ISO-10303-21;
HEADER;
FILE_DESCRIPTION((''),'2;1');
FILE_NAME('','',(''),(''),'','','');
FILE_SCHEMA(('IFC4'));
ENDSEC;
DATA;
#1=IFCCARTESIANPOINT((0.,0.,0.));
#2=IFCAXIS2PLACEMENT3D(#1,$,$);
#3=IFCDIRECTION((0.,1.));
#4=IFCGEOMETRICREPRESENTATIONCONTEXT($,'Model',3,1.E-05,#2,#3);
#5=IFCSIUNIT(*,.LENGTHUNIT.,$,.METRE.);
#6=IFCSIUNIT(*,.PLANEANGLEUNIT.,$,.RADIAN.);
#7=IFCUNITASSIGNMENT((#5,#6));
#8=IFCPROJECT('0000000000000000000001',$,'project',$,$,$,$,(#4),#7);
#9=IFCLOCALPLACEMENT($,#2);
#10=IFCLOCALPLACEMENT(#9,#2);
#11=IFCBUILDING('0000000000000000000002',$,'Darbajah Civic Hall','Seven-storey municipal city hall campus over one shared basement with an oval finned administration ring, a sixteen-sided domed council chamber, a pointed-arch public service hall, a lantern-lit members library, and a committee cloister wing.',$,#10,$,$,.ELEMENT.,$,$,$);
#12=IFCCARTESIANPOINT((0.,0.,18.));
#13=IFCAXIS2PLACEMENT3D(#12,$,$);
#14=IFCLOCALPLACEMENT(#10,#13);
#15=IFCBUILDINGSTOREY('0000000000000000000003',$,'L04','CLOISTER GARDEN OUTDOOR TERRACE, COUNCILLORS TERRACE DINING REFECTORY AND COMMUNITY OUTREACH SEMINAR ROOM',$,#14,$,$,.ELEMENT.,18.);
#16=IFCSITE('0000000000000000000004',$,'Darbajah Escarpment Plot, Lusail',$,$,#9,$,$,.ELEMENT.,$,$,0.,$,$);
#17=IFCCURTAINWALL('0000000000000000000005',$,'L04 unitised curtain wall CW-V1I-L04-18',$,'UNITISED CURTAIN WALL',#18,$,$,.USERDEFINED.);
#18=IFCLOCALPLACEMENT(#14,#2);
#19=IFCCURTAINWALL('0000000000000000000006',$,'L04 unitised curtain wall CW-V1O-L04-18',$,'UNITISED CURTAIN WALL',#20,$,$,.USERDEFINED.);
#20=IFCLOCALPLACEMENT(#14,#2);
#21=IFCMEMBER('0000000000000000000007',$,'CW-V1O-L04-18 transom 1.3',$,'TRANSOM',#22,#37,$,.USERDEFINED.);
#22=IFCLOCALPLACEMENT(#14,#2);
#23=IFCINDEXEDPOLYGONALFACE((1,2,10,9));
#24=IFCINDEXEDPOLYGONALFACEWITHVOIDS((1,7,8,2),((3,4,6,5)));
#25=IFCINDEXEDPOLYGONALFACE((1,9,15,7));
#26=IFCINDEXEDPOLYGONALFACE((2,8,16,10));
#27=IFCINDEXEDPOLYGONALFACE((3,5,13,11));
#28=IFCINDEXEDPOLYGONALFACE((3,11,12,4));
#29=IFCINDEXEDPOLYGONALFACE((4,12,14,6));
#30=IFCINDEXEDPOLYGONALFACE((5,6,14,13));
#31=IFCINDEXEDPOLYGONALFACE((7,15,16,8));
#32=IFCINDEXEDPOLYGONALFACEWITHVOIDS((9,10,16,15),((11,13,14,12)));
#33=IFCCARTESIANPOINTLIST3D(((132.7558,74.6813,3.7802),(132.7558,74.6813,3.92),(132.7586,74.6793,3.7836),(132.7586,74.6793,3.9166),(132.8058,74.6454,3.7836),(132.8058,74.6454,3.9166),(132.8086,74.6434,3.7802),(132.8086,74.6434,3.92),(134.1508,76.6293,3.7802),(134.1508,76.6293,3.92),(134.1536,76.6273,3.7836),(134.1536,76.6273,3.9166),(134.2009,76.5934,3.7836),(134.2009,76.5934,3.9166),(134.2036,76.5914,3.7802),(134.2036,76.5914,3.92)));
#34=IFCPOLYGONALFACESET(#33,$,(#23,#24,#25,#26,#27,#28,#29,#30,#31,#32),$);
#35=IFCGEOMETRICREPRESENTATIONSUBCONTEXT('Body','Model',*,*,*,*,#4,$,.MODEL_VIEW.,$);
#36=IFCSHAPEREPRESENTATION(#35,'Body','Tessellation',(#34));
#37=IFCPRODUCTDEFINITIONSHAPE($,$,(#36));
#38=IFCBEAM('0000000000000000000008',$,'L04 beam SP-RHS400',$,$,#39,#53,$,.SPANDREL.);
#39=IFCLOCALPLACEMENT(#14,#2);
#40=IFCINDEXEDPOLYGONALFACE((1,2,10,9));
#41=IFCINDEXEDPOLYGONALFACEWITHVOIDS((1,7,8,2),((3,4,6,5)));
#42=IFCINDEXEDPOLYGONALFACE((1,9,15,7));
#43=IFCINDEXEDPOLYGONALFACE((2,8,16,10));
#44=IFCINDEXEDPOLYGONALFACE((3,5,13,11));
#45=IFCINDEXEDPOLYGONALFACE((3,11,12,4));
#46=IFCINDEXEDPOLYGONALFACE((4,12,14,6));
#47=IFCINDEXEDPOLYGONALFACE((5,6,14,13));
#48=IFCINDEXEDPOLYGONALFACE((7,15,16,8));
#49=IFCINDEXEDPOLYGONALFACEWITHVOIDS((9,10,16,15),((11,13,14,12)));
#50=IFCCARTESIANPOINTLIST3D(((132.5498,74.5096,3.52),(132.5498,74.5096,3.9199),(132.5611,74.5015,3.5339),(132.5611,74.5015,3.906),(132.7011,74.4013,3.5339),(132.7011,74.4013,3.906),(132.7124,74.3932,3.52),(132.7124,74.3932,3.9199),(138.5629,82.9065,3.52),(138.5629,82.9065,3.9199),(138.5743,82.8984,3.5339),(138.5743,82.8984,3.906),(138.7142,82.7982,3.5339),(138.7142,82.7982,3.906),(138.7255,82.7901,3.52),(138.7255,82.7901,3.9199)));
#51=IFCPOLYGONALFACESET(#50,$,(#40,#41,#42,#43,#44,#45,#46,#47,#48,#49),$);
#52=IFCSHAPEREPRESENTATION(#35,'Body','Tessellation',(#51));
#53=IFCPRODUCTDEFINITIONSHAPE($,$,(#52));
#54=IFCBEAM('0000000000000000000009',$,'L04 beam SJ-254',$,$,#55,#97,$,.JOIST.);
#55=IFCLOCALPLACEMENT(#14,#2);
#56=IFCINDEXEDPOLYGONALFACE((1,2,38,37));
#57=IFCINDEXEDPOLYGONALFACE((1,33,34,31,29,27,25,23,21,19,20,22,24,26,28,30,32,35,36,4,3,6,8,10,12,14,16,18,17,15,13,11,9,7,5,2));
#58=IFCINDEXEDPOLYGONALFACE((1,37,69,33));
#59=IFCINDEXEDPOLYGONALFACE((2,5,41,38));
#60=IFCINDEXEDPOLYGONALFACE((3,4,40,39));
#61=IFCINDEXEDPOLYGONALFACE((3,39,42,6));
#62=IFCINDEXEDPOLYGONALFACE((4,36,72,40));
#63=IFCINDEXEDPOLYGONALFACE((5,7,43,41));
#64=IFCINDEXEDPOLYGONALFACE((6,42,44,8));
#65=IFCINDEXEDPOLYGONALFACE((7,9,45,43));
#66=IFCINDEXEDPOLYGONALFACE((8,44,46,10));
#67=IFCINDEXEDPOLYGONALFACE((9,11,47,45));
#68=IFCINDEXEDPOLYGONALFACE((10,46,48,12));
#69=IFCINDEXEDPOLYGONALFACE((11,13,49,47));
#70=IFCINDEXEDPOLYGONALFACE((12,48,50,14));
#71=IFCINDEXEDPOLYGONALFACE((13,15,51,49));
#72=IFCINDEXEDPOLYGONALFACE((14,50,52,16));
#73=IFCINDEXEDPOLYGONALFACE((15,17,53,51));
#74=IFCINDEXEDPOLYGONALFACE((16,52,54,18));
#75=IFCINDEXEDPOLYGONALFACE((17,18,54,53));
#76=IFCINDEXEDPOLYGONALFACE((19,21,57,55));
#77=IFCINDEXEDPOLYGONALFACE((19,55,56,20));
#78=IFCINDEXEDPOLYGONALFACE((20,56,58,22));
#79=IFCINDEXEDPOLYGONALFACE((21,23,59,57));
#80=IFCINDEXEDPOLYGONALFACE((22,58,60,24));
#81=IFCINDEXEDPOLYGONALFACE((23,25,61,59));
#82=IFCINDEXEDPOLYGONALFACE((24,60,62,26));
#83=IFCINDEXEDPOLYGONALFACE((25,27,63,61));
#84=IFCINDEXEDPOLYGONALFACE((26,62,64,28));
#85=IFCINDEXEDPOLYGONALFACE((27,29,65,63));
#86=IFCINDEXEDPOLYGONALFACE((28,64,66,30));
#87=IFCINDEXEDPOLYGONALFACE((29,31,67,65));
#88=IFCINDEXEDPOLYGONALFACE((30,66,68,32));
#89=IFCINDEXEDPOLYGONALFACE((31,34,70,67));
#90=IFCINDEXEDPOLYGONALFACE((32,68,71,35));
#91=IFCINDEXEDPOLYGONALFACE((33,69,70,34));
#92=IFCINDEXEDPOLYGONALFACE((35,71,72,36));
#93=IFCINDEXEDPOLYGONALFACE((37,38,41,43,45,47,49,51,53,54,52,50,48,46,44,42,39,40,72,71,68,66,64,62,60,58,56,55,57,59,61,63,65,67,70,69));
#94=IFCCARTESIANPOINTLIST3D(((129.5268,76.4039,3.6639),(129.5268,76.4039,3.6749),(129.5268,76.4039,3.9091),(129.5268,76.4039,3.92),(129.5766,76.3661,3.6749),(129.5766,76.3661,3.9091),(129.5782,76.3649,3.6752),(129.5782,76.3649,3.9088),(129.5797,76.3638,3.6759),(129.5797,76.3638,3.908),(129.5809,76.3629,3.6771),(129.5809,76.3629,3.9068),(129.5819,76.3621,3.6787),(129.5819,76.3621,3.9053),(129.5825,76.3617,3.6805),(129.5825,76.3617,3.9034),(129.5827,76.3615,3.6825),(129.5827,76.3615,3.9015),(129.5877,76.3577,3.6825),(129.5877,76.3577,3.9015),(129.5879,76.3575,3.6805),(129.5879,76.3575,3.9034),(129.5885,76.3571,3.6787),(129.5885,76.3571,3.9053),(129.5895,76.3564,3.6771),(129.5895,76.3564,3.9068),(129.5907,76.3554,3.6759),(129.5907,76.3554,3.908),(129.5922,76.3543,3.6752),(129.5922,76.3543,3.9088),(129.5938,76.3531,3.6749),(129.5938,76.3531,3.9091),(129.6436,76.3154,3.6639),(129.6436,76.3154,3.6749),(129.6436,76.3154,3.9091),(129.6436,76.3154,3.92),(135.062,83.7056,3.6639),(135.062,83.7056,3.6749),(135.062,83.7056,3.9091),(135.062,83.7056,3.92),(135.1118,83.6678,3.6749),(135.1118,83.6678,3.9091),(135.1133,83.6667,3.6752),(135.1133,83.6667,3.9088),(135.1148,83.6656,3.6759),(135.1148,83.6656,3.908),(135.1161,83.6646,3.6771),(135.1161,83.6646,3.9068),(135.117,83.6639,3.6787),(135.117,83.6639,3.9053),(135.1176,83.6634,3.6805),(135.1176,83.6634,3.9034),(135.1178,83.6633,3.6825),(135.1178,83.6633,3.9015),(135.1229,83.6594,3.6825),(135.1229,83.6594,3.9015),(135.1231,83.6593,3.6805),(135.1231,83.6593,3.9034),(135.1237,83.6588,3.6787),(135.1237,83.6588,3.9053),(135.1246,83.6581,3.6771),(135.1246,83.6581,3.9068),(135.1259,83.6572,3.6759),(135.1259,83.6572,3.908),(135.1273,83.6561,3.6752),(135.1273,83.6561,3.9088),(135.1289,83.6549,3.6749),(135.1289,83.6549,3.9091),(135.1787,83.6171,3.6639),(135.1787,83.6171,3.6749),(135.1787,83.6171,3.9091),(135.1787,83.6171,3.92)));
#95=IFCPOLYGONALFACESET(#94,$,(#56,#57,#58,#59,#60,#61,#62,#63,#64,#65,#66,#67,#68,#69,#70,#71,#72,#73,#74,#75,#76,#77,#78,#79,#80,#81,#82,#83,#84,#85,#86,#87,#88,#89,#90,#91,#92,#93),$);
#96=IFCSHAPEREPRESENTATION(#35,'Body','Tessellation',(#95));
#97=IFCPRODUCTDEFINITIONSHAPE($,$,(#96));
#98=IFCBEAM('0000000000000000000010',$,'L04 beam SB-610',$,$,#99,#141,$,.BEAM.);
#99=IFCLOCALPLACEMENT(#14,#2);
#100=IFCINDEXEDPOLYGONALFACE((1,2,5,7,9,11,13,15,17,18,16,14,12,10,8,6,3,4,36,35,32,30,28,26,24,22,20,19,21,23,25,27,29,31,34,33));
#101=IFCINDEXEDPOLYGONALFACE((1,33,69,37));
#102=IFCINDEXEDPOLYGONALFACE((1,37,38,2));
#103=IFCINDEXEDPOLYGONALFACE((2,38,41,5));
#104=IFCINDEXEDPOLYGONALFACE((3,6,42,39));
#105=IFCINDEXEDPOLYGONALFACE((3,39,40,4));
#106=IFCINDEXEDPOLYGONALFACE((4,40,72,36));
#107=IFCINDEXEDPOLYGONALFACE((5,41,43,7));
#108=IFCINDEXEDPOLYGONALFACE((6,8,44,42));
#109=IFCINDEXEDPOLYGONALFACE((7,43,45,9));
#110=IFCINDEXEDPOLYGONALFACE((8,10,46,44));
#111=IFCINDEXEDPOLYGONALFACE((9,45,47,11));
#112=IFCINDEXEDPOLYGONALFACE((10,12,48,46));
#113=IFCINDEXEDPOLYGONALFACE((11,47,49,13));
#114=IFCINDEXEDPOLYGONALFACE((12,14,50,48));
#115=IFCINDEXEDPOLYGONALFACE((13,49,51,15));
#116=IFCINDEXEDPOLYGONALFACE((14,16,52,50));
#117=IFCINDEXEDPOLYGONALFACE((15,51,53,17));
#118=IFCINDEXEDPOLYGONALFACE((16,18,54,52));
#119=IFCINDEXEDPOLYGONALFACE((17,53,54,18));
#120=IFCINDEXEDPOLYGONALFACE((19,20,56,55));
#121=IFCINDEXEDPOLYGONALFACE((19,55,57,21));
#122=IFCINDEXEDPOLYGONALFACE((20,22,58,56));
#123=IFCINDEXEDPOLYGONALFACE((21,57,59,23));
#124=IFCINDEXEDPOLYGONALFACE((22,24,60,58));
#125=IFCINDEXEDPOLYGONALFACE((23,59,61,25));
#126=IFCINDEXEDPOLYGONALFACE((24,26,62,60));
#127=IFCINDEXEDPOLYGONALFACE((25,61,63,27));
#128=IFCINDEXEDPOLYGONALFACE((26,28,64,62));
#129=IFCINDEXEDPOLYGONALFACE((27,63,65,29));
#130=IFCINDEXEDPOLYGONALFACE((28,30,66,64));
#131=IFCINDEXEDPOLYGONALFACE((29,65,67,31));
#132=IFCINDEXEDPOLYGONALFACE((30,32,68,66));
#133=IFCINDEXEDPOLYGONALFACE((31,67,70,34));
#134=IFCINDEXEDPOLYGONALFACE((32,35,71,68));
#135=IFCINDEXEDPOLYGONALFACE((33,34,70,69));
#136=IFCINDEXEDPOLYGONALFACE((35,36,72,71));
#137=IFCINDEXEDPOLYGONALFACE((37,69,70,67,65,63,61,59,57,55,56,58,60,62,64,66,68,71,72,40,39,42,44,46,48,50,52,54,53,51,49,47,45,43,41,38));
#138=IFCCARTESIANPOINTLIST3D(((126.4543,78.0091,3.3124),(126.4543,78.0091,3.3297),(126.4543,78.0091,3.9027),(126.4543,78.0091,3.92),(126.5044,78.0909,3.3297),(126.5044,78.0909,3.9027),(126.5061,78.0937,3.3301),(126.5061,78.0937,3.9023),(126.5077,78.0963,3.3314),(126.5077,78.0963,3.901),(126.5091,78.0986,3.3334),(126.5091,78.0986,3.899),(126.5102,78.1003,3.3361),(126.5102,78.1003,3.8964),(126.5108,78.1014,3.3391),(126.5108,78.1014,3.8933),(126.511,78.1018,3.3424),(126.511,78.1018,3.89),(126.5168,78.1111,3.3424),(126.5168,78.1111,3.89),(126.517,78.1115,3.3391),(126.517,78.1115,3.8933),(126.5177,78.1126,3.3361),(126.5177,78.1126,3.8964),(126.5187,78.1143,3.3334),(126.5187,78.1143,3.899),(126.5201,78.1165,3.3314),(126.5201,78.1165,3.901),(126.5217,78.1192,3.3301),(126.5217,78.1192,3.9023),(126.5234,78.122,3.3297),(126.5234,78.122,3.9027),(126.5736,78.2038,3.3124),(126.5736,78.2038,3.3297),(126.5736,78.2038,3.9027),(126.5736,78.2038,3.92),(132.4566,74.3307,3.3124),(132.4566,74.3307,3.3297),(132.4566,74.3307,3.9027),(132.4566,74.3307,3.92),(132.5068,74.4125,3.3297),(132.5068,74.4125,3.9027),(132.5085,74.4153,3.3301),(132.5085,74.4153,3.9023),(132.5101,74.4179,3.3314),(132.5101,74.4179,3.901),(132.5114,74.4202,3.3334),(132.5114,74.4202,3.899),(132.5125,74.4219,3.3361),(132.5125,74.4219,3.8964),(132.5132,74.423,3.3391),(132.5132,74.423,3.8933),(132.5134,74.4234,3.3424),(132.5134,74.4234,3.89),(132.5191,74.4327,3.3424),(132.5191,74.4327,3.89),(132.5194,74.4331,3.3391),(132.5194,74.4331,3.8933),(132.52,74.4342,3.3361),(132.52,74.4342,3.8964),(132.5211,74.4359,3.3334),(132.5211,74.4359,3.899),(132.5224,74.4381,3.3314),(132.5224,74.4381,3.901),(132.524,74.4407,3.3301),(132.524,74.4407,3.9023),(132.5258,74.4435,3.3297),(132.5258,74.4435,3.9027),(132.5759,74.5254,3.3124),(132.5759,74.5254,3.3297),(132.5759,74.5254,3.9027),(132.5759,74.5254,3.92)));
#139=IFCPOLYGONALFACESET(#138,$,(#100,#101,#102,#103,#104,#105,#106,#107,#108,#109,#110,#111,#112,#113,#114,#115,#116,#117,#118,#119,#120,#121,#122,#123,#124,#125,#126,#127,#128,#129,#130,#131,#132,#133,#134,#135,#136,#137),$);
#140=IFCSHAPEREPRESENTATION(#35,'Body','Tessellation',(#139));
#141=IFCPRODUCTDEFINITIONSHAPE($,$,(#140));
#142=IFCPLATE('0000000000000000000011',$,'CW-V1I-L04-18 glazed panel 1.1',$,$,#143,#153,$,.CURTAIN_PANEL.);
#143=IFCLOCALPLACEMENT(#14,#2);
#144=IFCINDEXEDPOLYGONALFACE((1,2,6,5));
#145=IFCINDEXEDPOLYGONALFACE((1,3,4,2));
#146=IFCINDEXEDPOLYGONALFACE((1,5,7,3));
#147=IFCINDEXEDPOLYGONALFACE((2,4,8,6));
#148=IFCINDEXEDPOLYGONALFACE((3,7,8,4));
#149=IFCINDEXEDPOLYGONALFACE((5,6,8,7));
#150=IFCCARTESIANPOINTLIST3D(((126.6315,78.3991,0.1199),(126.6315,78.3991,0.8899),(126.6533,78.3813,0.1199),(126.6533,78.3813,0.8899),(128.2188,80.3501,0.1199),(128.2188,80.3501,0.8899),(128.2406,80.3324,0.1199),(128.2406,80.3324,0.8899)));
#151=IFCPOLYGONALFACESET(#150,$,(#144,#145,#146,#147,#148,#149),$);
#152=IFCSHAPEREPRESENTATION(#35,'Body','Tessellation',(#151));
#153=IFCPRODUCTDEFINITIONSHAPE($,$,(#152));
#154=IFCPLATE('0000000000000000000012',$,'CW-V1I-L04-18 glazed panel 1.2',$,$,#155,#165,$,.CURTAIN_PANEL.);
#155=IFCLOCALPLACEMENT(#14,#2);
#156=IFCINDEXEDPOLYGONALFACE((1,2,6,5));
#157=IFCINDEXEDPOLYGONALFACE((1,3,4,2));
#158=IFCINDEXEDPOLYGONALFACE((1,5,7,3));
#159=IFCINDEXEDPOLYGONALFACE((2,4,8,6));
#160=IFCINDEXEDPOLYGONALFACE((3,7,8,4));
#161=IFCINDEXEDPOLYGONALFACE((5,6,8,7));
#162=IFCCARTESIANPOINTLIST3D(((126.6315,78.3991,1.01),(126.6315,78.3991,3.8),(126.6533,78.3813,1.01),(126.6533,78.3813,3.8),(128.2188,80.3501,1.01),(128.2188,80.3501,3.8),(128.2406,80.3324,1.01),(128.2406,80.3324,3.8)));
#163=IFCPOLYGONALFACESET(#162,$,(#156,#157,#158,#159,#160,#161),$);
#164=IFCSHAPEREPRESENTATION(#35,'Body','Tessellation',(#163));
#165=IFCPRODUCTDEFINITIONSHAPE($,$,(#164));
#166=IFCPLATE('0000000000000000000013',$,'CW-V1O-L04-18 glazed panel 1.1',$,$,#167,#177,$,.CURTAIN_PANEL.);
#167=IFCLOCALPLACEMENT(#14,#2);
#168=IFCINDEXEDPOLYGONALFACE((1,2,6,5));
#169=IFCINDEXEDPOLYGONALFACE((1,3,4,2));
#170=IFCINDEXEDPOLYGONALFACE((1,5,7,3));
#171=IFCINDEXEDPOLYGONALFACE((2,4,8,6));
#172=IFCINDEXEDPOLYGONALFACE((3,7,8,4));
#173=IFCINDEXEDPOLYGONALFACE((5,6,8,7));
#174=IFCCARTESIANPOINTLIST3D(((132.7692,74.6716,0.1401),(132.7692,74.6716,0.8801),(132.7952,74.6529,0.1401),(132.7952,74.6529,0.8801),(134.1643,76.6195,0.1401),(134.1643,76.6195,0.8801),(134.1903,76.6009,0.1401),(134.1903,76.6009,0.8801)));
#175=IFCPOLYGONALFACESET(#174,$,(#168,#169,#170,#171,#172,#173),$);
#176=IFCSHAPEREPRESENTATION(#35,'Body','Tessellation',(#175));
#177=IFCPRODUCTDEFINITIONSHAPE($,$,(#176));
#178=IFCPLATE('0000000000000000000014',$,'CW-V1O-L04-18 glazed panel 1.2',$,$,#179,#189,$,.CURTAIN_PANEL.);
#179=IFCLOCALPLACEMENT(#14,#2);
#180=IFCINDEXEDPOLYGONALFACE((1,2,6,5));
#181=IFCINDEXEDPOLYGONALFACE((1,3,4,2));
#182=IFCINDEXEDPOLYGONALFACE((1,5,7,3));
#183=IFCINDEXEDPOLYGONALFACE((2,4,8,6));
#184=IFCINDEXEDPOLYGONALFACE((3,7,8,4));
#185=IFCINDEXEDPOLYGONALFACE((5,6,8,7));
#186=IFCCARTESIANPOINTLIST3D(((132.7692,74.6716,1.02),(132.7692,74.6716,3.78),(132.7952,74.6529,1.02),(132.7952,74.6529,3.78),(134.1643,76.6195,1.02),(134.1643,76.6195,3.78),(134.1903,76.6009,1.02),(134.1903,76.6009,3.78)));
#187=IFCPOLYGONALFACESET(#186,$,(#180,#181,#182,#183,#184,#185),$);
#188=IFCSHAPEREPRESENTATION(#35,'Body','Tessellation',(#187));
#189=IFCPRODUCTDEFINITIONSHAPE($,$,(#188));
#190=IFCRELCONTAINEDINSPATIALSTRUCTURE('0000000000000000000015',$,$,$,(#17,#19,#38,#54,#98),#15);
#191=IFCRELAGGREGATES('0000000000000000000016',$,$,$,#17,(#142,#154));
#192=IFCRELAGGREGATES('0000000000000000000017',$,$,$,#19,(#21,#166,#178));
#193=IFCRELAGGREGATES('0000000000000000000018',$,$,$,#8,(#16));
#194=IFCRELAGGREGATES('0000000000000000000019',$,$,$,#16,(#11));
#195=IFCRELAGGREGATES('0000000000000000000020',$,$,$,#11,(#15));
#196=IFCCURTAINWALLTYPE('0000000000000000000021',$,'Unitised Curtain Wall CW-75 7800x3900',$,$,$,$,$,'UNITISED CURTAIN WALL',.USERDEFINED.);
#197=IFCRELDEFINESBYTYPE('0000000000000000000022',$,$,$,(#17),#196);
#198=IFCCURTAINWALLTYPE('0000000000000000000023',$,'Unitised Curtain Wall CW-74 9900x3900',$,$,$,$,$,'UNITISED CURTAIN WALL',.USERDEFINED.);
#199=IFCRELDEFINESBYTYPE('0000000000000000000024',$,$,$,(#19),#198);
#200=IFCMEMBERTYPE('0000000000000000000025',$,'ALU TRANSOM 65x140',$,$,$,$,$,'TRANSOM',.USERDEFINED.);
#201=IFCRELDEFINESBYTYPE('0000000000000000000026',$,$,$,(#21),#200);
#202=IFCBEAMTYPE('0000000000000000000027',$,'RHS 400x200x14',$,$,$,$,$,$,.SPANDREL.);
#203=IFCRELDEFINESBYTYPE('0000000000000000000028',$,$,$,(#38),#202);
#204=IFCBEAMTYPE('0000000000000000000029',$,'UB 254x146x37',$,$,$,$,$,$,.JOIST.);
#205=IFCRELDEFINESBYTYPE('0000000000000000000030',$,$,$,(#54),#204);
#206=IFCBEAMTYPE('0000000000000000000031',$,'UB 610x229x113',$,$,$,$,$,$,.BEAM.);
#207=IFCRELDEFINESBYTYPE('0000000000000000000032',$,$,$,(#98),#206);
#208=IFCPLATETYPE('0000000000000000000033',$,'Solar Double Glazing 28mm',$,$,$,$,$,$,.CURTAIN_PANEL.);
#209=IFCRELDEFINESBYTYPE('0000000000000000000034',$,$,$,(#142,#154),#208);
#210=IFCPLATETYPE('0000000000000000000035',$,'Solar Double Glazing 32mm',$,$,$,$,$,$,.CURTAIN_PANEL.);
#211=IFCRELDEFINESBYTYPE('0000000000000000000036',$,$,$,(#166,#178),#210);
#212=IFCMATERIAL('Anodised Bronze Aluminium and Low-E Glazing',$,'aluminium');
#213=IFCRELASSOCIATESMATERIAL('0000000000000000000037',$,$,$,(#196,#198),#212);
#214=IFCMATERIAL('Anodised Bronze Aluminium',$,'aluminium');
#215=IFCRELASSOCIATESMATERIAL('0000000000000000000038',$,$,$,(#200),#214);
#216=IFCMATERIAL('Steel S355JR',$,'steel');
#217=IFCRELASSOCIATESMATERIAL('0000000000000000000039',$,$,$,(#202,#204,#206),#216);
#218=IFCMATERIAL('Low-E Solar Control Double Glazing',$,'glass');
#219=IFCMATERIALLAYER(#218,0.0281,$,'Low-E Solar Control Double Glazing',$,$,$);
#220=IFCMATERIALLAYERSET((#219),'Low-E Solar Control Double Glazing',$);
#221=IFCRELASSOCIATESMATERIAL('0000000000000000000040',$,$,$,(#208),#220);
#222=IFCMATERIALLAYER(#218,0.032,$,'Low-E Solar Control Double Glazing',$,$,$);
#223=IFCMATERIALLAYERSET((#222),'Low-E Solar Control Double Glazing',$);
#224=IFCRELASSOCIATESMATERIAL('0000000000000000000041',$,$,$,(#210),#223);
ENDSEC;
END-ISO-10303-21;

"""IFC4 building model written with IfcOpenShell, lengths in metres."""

from ifc_helpers import new_model, si_unit, direction, frame, origin, origin_2d, place, context, subcontext, project, spatial, rectangle, hollow_rectangle, i_section, extrude, material, layer, layer_set, material_profile, profile_set, type_object, element, aggregate, save


model = new_model("IFC4")

# Units and contexts
model_context = context("Model", 3, precision=1e-05, world=origin(), true_north=direction((0.0, 1.0)))
body_context = subcontext(model_context, "Body", "Model", "MODEL_VIEW")
ifc_project = project(units=[si_unit("LENGTHUNIT", "METRE"), si_unit("PLANEANGLEUNIT", "RADIAN")], contexts=[model_context])

# Site, building, storey
site_placement = place(None, origin())
site = spatial("IfcSite", under=ifc_project, at=site_placement, Name="Darbajah Escarpment Plot, Lusail", CompositionType="ELEMENT", RefElevation=0.0)
building_placement = place(site_placement, origin())
building = spatial("IfcBuilding", under=site, at=building_placement, Name="Darbajah Civic Hall", Description="Seven-storey municipal city hall campus over one shared basement with an oval finned administration ring, a sixteen-sided domed council chamber, a pointed-arch public service hall, a lantern-lit members library, and a committee cloister wing.", CompositionType="ELEMENT")
storey_placement = place(building_placement, frame((0.0, 0.0, 18.0)))
storey = spatial("IfcBuildingStorey", under=building, at=storey_placement, Name="L04", Description="CLOISTER GARDEN OUTDOOR TERRACE, COUNCILLORS TERRACE DINING REFECTORY AND COMMUNITY OUTREACH SEMINAR ROOM", CompositionType="ELEMENT", Elevation=18.0)

# Curtain wall
ifc_material_1 = material(Name="Anodised Bronze Aluminium and Low-E Glazing", Category="aluminium")
curtain_wall_type_1 = type_object("IfcCurtainWallType", Name="Unitised Curtain Wall CW-75 7800x3900", ElementType="UNITISED CURTAIN WALL", PredefinedType="USERDEFINED", material=ifc_material_1)
curtain_wall_1_placement = place(storey_placement, origin())
curtain_wall_1 = element("IfcCurtainWall", 1, at=curtain_wall_1_placement, inside=storey, type_object=curtain_wall_type_1, Name="L04 unitised curtain wall CW-V1I-L04-18", ObjectType="UNITISED CURTAIN WALL", PredefinedType="USERDEFINED")
ifc_material_2 = material(Name="Anodised Bronze Aluminium", Category="aluminium")

# Curtain wall
curtain_wall_type_2 = type_object("IfcCurtainWallType", Name="Unitised Curtain Wall CW-74 9900x3900", ElementType="UNITISED CURTAIN WALL", PredefinedType="USERDEFINED", material=ifc_material_1)
curtain_wall_2_placement = place(storey_placement, origin())
curtain_wall_2 = element("IfcCurtainWall", 2, at=curtain_wall_2_placement, inside=storey, type_object=curtain_wall_type_2, Name="L04 unitised curtain wall CW-V1O-L04-18", ObjectType="UNITISED CURTAIN WALL", PredefinedType="USERDEFINED")

# Member
ifc_material_profile_1 = material_profile(ifc_material_2, hollow_rectangle(XDim=0.0649, YDim=0.1399, WallThickness=0.0034, at=origin_2d()), Name="ALU TRANSOM 65x140")
ifc_profile_set_1 = profile_set([ifc_material_profile_1], Name="Anodised Bronze Aluminium")
member_type_1 = type_object("IfcMemberType", Name="ALU TRANSOM 65x140", ElementType="TRANSOM", PredefinedType="USERDEFINED", material=ifc_profile_set_1)
member_1_placement = place(storey_placement, frame((132.7822, 74.6624, 3.8501), z_axis=(0.582231, 0.813024, 0.0), x_axis=(-0.813024, 0.582231, 0.0)))
member_1 = element("IfcMember", 3, at=member_1_placement, type_object=member_type_1, Name="CW-V1O-L04-18 transom 1.3", ObjectType="TRANSOM", PredefinedType="USERDEFINED", context=body_context, shape_type="SweptSolid", body=[
    extrude(hollow_rectangle(XDim=0.0649, YDim=0.1399, WallThickness=0.0034, at=origin_2d()), origin(), (0.0, 0.0, 1.0), 2.396),
])

# Beams
ifc_material_3 = material(Name="Steel S355JR", Category="steel")
ifc_material_profile_2 = material_profile(ifc_material_3, hollow_rectangle(XDim=0.2, YDim=0.3999, WallThickness=0.0139, at=origin_2d()), Name="RHS 400x200x14")
ifc_profile_set_2 = profile_set([ifc_material_profile_2], Name="Steel S355JR")
beam_type_1 = type_object("IfcBeamType", Name="RHS 400x200x14", PredefinedType="SPANDREL", material=ifc_profile_set_2)
beam_1_placement = place(storey_placement, frame((132.6311, 74.4514, 3.72), z_axis=(0.582222, 0.81303, 0.0), x_axis=(-0.81303, 0.582222, 0.0)))
element("IfcBeam", 4, at=beam_1_placement, inside=storey, type_object=beam_type_1, Name="L04 beam SP-RHS400", PredefinedType="SPANDREL", context=body_context, shape_type="SweptSolid", body=[
    extrude(hollow_rectangle(XDim=0.2, YDim=0.3999, WallThickness=0.0139, at=origin_2d()), origin(), (0.0, 0.0, 1.0), 10.3279),
])
ifc_material_profile_3 = material_profile(ifc_material_3, i_section(OverallWidth=0.1465, OverallDepth=0.2561, WebThickness=0.0063, FlangeThickness=0.011, FilletRadius=0.0076, at=origin_2d()), Name="UB 254x146x37")
ifc_profile_set_3 = profile_set([ifc_material_profile_3], Name="Steel S355JR")
beam_type_2 = type_object("IfcBeamType", Name="UB 254x146x37", PredefinedType="JOIST", material=ifc_profile_set_3)
beam_2_placement = place(storey_placement, frame((129.5852, 76.3596, 3.792), z_axis=(0.604102, 0.796907, 0.0), x_axis=(-0.796907, 0.604102, 0.0)))
element("IfcBeam", 5, at=beam_2_placement, inside=storey, type_object=beam_type_2, Name="L04 beam SJ-254", PredefinedType="JOIST", context=body_context, shape_type="SweptSolid", body=[
    extrude(i_section(OverallWidth=0.1465, OverallDepth=0.2561, WebThickness=0.0063, FlangeThickness=0.011, FilletRadius=0.0076, at=origin_2d()), origin(), (0.0, 0.0, 1.0), 9.1626),
])
ifc_material_profile_4 = material_profile(ifc_material_3, i_section(OverallWidth=0.2283, OverallDepth=0.6077, WebThickness=0.011, FlangeThickness=0.0173, FilletRadius=0.0127, at=origin_2d()), Name="UB 610x229x113")
ifc_profile_set_4 = profile_set([ifc_material_profile_4], Name="Steel S355JR")
beam_type_3 = type_object("IfcBeamType", Name="UB 610x229x113", PredefinedType="BEAM", material=ifc_profile_set_4)
beam_3_placement = place(storey_placement, frame((126.5139, 78.1064, 3.6162), z_axis=(0.85263, -0.522516, 0.0), x_axis=(0.522516, 0.85263, 0.0)))
element("IfcBeam", 6, at=beam_3_placement, inside=storey, type_object=beam_type_3, Name="L04 beam SB-610", PredefinedType="BEAM", context=body_context, shape_type="SweptSolid", body=[
    extrude(i_section(OverallWidth=0.2283, OverallDepth=0.6077, WebThickness=0.011, FlangeThickness=0.0173, FilletRadius=0.0127, at=origin_2d()), origin(), (0.0, 0.0, 1.0), 7.0398),
])

# Plates
ifc_material_4 = material(Name="Low-E Solar Control Double Glazing", Category="glass")
ifc_layer_1 = layer(ifc_material_4, 0.0281, Name="Low-E Solar Control Double Glazing")
ifc_layer_set_1 = layer_set([ifc_layer_1], Name="Low-E Solar Control Double Glazing")
plate_type_1 = type_object("IfcPlateType", Name="Solar Double Glazing 28mm", PredefinedType="CURTAIN_PANEL", material=ifc_layer_set_1)
plate_1_placement = place(storey_placement, frame((127.436, 79.3657, 0.1199), z_axis=(0.0, 0.0, 1.0), x_axis=(0.631082, 0.775716, 0.0)))
plate_1 = element("IfcPlate", 7, at=plate_1_placement, type_object=plate_type_1, Name="CW-V1I-L04-18 glazed panel 1.1", PredefinedType="CURTAIN_PANEL", context=body_context, shape_type="SweptSolid", body=[
    extrude(rectangle(XDim=2.5151, YDim=0.0281, at=origin_2d()), origin(), (0.0, 0.0, 1.0), 0.77),
])
plate_2_placement = place(storey_placement, frame((127.436, 79.3657, 1.01), z_axis=(0.0, 0.0, 1.0), x_axis=(0.631082, 0.775716, 0.0)))
plate_2 = element("IfcPlate", 8, at=plate_2_placement, type_object=plate_type_1, Name="CW-V1I-L04-18 glazed panel 1.2", PredefinedType="CURTAIN_PANEL", context=body_context, shape_type="SweptSolid", body=[
    extrude(rectangle(XDim=2.5151, YDim=0.0281, at=origin_2d()), origin(), (0.0, 0.0, 1.0), 2.79),
])
aggregate(curtain_wall_1, [plate_1, plate_2])
ifc_layer_2 = layer(ifc_material_4, 0.032, Name="Low-E Solar Control Double Glazing")
ifc_layer_set_2 = layer_set([ifc_layer_2], Name="Low-E Solar Control Double Glazing")
plate_type_2 = type_object("IfcPlateType", Name="Solar Double Glazing 32mm", PredefinedType="CURTAIN_PANEL", material=ifc_layer_set_2)
plate_3_placement = place(storey_placement, frame((133.4797, 75.6362, 0.1401), z_axis=(0.0, 0.0, 1.0), x_axis=(0.582265, 0.812999, 0.0)))
plate_3 = element("IfcPlate", 9, at=plate_3_placement, type_object=plate_type_2, Name="CW-V1O-L04-18 glazed panel 1.1", PredefinedType="CURTAIN_PANEL", context=body_context, shape_type="SweptSolid", body=[
    extrude(rectangle(XDim=2.396, YDim=0.032, at=origin_2d()), origin(), (0.0, 0.0, 1.0), 0.74),
])
plate_4_placement = place(storey_placement, frame((133.4797, 75.6362, 1.02), z_axis=(0.0, 0.0, 1.0), x_axis=(0.582265, 0.812999, 0.0)))
plate_4 = element("IfcPlate", 10, at=plate_4_placement, type_object=plate_type_2, Name="CW-V1O-L04-18 glazed panel 1.2", PredefinedType="CURTAIN_PANEL", context=body_context, shape_type="SweptSolid", body=[
    extrude(rectangle(XDim=2.396, YDim=0.032, at=origin_2d()), origin(), (0.0, 0.0, 1.0), 2.76),
])
aggregate(curtain_wall_2, [member_1, plate_3, plate_4])

save(model, "model.ifc")
